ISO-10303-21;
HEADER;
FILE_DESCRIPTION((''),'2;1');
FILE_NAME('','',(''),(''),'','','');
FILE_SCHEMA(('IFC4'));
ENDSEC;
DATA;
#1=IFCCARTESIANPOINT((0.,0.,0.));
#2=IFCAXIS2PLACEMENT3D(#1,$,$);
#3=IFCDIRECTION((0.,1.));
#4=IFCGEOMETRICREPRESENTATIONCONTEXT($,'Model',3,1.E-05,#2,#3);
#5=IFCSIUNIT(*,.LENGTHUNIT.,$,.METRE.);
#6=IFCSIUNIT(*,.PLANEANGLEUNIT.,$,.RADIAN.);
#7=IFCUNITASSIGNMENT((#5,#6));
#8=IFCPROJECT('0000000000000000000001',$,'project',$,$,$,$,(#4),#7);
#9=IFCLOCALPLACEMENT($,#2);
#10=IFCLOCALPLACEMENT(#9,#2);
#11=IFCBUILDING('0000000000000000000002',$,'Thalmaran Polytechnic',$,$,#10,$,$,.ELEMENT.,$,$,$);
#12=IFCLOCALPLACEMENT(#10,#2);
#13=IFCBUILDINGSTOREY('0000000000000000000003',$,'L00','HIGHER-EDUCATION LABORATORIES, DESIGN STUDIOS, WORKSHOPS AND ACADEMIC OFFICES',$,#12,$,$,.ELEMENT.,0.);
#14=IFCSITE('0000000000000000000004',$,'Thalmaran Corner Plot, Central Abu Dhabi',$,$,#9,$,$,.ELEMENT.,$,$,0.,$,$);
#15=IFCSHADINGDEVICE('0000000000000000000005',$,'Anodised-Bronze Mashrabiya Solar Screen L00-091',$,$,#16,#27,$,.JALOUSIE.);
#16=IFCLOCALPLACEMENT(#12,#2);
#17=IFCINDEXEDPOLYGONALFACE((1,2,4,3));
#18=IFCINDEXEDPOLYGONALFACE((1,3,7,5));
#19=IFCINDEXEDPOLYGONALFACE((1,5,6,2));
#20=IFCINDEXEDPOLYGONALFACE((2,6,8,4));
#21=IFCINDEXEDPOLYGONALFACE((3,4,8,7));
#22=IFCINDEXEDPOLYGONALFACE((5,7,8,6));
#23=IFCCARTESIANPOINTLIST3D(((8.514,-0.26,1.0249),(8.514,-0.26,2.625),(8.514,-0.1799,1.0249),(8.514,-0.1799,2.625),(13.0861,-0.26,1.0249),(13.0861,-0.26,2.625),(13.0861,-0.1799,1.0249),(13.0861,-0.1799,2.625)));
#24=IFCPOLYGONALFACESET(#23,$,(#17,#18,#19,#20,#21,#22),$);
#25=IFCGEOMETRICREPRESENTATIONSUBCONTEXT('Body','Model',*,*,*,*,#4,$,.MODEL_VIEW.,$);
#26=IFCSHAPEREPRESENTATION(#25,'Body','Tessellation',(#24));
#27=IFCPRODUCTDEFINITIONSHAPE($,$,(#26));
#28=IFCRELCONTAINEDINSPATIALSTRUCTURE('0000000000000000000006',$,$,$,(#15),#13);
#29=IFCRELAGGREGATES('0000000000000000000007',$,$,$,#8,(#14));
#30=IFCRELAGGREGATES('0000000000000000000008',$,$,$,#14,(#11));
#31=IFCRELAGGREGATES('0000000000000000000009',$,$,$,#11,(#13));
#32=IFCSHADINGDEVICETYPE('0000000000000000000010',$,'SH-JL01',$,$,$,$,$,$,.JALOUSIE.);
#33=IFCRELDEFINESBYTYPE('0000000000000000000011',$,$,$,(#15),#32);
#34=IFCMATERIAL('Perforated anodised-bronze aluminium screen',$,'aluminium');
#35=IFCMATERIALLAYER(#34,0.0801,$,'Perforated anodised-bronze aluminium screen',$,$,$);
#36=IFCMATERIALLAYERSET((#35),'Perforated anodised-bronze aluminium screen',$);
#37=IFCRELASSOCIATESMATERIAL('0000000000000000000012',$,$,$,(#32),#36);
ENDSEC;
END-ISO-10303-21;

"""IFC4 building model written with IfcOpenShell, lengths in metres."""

from ifc_helpers import new_model, si_unit, direction, frame, origin, origin_2d, place, context, subcontext, project, spatial, rectangle, extrude, material, layer, layer_set, type_object, element, save


model = new_model("IFC4")

# Units and contexts
model_context = context("Model", 3, precision=1e-05, world=origin(), true_north=direction((0.0, 1.0)))
body_context = subcontext(model_context, "Body", "Model", "MODEL_VIEW")
ifc_project = project(units=[si_unit("LENGTHUNIT", "METRE"), si_unit("PLANEANGLEUNIT", "RADIAN")], contexts=[model_context])

# Site, building, storey
site_placement = place(None, origin())
site = spatial("IfcSite", under=ifc_project, at=site_placement, Name="Thalmaran Corner Plot, Central Abu Dhabi", CompositionType="ELEMENT", RefElevation=0.0)
building_placement = place(site_placement, origin())
building = spatial("IfcBuilding", under=site, at=building_placement, Name="Thalmaran Polytechnic", CompositionType="ELEMENT")
storey_placement = place(building_placement, origin())
storey = spatial("IfcBuildingStorey", under=building, at=storey_placement, Name="L00", Description="HIGHER-EDUCATION LABORATORIES, DESIGN STUDIOS, WORKSHOPS AND ACADEMIC OFFICES", CompositionType="ELEMENT", Elevation=0.0)

# Shading device
ifc_material_1 = material(Name="Perforated anodised-bronze aluminium screen", Category="aluminium")
ifc_layer_1 = layer(ifc_material_1, 0.0801, Name="Perforated anodised-bronze aluminium screen")
ifc_layer_set_1 = layer_set([ifc_layer_1], Name="Perforated anodised-bronze aluminium screen")
shading_device_type = type_object("IfcShadingDeviceType", Name="SH-JL01", PredefinedType="JALOUSIE", material=ifc_layer_set_1)
shading_device_1_placement = place(storey_placement, frame((10.8, -0.22, 1.0249), z_axis=(0.0, 0.0, 1.0), x_axis=(-1.0, 0.0, 0.0)))
element("IfcShadingDevice", 1, at=shading_device_1_placement, inside=storey, type_object=shading_device_type, Name="Anodised-Bronze Mashrabiya Solar Screen L00-091", PredefinedType="JALOUSIE", context=body_context, shape_type="SweptSolid", body=[
    extrude(rectangle(XDim=4.572, YDim=0.0801, at=origin_2d()), origin(), (0.0, 0.0, 1.0), 1.6001),
])

save(model, "model.ifc")
